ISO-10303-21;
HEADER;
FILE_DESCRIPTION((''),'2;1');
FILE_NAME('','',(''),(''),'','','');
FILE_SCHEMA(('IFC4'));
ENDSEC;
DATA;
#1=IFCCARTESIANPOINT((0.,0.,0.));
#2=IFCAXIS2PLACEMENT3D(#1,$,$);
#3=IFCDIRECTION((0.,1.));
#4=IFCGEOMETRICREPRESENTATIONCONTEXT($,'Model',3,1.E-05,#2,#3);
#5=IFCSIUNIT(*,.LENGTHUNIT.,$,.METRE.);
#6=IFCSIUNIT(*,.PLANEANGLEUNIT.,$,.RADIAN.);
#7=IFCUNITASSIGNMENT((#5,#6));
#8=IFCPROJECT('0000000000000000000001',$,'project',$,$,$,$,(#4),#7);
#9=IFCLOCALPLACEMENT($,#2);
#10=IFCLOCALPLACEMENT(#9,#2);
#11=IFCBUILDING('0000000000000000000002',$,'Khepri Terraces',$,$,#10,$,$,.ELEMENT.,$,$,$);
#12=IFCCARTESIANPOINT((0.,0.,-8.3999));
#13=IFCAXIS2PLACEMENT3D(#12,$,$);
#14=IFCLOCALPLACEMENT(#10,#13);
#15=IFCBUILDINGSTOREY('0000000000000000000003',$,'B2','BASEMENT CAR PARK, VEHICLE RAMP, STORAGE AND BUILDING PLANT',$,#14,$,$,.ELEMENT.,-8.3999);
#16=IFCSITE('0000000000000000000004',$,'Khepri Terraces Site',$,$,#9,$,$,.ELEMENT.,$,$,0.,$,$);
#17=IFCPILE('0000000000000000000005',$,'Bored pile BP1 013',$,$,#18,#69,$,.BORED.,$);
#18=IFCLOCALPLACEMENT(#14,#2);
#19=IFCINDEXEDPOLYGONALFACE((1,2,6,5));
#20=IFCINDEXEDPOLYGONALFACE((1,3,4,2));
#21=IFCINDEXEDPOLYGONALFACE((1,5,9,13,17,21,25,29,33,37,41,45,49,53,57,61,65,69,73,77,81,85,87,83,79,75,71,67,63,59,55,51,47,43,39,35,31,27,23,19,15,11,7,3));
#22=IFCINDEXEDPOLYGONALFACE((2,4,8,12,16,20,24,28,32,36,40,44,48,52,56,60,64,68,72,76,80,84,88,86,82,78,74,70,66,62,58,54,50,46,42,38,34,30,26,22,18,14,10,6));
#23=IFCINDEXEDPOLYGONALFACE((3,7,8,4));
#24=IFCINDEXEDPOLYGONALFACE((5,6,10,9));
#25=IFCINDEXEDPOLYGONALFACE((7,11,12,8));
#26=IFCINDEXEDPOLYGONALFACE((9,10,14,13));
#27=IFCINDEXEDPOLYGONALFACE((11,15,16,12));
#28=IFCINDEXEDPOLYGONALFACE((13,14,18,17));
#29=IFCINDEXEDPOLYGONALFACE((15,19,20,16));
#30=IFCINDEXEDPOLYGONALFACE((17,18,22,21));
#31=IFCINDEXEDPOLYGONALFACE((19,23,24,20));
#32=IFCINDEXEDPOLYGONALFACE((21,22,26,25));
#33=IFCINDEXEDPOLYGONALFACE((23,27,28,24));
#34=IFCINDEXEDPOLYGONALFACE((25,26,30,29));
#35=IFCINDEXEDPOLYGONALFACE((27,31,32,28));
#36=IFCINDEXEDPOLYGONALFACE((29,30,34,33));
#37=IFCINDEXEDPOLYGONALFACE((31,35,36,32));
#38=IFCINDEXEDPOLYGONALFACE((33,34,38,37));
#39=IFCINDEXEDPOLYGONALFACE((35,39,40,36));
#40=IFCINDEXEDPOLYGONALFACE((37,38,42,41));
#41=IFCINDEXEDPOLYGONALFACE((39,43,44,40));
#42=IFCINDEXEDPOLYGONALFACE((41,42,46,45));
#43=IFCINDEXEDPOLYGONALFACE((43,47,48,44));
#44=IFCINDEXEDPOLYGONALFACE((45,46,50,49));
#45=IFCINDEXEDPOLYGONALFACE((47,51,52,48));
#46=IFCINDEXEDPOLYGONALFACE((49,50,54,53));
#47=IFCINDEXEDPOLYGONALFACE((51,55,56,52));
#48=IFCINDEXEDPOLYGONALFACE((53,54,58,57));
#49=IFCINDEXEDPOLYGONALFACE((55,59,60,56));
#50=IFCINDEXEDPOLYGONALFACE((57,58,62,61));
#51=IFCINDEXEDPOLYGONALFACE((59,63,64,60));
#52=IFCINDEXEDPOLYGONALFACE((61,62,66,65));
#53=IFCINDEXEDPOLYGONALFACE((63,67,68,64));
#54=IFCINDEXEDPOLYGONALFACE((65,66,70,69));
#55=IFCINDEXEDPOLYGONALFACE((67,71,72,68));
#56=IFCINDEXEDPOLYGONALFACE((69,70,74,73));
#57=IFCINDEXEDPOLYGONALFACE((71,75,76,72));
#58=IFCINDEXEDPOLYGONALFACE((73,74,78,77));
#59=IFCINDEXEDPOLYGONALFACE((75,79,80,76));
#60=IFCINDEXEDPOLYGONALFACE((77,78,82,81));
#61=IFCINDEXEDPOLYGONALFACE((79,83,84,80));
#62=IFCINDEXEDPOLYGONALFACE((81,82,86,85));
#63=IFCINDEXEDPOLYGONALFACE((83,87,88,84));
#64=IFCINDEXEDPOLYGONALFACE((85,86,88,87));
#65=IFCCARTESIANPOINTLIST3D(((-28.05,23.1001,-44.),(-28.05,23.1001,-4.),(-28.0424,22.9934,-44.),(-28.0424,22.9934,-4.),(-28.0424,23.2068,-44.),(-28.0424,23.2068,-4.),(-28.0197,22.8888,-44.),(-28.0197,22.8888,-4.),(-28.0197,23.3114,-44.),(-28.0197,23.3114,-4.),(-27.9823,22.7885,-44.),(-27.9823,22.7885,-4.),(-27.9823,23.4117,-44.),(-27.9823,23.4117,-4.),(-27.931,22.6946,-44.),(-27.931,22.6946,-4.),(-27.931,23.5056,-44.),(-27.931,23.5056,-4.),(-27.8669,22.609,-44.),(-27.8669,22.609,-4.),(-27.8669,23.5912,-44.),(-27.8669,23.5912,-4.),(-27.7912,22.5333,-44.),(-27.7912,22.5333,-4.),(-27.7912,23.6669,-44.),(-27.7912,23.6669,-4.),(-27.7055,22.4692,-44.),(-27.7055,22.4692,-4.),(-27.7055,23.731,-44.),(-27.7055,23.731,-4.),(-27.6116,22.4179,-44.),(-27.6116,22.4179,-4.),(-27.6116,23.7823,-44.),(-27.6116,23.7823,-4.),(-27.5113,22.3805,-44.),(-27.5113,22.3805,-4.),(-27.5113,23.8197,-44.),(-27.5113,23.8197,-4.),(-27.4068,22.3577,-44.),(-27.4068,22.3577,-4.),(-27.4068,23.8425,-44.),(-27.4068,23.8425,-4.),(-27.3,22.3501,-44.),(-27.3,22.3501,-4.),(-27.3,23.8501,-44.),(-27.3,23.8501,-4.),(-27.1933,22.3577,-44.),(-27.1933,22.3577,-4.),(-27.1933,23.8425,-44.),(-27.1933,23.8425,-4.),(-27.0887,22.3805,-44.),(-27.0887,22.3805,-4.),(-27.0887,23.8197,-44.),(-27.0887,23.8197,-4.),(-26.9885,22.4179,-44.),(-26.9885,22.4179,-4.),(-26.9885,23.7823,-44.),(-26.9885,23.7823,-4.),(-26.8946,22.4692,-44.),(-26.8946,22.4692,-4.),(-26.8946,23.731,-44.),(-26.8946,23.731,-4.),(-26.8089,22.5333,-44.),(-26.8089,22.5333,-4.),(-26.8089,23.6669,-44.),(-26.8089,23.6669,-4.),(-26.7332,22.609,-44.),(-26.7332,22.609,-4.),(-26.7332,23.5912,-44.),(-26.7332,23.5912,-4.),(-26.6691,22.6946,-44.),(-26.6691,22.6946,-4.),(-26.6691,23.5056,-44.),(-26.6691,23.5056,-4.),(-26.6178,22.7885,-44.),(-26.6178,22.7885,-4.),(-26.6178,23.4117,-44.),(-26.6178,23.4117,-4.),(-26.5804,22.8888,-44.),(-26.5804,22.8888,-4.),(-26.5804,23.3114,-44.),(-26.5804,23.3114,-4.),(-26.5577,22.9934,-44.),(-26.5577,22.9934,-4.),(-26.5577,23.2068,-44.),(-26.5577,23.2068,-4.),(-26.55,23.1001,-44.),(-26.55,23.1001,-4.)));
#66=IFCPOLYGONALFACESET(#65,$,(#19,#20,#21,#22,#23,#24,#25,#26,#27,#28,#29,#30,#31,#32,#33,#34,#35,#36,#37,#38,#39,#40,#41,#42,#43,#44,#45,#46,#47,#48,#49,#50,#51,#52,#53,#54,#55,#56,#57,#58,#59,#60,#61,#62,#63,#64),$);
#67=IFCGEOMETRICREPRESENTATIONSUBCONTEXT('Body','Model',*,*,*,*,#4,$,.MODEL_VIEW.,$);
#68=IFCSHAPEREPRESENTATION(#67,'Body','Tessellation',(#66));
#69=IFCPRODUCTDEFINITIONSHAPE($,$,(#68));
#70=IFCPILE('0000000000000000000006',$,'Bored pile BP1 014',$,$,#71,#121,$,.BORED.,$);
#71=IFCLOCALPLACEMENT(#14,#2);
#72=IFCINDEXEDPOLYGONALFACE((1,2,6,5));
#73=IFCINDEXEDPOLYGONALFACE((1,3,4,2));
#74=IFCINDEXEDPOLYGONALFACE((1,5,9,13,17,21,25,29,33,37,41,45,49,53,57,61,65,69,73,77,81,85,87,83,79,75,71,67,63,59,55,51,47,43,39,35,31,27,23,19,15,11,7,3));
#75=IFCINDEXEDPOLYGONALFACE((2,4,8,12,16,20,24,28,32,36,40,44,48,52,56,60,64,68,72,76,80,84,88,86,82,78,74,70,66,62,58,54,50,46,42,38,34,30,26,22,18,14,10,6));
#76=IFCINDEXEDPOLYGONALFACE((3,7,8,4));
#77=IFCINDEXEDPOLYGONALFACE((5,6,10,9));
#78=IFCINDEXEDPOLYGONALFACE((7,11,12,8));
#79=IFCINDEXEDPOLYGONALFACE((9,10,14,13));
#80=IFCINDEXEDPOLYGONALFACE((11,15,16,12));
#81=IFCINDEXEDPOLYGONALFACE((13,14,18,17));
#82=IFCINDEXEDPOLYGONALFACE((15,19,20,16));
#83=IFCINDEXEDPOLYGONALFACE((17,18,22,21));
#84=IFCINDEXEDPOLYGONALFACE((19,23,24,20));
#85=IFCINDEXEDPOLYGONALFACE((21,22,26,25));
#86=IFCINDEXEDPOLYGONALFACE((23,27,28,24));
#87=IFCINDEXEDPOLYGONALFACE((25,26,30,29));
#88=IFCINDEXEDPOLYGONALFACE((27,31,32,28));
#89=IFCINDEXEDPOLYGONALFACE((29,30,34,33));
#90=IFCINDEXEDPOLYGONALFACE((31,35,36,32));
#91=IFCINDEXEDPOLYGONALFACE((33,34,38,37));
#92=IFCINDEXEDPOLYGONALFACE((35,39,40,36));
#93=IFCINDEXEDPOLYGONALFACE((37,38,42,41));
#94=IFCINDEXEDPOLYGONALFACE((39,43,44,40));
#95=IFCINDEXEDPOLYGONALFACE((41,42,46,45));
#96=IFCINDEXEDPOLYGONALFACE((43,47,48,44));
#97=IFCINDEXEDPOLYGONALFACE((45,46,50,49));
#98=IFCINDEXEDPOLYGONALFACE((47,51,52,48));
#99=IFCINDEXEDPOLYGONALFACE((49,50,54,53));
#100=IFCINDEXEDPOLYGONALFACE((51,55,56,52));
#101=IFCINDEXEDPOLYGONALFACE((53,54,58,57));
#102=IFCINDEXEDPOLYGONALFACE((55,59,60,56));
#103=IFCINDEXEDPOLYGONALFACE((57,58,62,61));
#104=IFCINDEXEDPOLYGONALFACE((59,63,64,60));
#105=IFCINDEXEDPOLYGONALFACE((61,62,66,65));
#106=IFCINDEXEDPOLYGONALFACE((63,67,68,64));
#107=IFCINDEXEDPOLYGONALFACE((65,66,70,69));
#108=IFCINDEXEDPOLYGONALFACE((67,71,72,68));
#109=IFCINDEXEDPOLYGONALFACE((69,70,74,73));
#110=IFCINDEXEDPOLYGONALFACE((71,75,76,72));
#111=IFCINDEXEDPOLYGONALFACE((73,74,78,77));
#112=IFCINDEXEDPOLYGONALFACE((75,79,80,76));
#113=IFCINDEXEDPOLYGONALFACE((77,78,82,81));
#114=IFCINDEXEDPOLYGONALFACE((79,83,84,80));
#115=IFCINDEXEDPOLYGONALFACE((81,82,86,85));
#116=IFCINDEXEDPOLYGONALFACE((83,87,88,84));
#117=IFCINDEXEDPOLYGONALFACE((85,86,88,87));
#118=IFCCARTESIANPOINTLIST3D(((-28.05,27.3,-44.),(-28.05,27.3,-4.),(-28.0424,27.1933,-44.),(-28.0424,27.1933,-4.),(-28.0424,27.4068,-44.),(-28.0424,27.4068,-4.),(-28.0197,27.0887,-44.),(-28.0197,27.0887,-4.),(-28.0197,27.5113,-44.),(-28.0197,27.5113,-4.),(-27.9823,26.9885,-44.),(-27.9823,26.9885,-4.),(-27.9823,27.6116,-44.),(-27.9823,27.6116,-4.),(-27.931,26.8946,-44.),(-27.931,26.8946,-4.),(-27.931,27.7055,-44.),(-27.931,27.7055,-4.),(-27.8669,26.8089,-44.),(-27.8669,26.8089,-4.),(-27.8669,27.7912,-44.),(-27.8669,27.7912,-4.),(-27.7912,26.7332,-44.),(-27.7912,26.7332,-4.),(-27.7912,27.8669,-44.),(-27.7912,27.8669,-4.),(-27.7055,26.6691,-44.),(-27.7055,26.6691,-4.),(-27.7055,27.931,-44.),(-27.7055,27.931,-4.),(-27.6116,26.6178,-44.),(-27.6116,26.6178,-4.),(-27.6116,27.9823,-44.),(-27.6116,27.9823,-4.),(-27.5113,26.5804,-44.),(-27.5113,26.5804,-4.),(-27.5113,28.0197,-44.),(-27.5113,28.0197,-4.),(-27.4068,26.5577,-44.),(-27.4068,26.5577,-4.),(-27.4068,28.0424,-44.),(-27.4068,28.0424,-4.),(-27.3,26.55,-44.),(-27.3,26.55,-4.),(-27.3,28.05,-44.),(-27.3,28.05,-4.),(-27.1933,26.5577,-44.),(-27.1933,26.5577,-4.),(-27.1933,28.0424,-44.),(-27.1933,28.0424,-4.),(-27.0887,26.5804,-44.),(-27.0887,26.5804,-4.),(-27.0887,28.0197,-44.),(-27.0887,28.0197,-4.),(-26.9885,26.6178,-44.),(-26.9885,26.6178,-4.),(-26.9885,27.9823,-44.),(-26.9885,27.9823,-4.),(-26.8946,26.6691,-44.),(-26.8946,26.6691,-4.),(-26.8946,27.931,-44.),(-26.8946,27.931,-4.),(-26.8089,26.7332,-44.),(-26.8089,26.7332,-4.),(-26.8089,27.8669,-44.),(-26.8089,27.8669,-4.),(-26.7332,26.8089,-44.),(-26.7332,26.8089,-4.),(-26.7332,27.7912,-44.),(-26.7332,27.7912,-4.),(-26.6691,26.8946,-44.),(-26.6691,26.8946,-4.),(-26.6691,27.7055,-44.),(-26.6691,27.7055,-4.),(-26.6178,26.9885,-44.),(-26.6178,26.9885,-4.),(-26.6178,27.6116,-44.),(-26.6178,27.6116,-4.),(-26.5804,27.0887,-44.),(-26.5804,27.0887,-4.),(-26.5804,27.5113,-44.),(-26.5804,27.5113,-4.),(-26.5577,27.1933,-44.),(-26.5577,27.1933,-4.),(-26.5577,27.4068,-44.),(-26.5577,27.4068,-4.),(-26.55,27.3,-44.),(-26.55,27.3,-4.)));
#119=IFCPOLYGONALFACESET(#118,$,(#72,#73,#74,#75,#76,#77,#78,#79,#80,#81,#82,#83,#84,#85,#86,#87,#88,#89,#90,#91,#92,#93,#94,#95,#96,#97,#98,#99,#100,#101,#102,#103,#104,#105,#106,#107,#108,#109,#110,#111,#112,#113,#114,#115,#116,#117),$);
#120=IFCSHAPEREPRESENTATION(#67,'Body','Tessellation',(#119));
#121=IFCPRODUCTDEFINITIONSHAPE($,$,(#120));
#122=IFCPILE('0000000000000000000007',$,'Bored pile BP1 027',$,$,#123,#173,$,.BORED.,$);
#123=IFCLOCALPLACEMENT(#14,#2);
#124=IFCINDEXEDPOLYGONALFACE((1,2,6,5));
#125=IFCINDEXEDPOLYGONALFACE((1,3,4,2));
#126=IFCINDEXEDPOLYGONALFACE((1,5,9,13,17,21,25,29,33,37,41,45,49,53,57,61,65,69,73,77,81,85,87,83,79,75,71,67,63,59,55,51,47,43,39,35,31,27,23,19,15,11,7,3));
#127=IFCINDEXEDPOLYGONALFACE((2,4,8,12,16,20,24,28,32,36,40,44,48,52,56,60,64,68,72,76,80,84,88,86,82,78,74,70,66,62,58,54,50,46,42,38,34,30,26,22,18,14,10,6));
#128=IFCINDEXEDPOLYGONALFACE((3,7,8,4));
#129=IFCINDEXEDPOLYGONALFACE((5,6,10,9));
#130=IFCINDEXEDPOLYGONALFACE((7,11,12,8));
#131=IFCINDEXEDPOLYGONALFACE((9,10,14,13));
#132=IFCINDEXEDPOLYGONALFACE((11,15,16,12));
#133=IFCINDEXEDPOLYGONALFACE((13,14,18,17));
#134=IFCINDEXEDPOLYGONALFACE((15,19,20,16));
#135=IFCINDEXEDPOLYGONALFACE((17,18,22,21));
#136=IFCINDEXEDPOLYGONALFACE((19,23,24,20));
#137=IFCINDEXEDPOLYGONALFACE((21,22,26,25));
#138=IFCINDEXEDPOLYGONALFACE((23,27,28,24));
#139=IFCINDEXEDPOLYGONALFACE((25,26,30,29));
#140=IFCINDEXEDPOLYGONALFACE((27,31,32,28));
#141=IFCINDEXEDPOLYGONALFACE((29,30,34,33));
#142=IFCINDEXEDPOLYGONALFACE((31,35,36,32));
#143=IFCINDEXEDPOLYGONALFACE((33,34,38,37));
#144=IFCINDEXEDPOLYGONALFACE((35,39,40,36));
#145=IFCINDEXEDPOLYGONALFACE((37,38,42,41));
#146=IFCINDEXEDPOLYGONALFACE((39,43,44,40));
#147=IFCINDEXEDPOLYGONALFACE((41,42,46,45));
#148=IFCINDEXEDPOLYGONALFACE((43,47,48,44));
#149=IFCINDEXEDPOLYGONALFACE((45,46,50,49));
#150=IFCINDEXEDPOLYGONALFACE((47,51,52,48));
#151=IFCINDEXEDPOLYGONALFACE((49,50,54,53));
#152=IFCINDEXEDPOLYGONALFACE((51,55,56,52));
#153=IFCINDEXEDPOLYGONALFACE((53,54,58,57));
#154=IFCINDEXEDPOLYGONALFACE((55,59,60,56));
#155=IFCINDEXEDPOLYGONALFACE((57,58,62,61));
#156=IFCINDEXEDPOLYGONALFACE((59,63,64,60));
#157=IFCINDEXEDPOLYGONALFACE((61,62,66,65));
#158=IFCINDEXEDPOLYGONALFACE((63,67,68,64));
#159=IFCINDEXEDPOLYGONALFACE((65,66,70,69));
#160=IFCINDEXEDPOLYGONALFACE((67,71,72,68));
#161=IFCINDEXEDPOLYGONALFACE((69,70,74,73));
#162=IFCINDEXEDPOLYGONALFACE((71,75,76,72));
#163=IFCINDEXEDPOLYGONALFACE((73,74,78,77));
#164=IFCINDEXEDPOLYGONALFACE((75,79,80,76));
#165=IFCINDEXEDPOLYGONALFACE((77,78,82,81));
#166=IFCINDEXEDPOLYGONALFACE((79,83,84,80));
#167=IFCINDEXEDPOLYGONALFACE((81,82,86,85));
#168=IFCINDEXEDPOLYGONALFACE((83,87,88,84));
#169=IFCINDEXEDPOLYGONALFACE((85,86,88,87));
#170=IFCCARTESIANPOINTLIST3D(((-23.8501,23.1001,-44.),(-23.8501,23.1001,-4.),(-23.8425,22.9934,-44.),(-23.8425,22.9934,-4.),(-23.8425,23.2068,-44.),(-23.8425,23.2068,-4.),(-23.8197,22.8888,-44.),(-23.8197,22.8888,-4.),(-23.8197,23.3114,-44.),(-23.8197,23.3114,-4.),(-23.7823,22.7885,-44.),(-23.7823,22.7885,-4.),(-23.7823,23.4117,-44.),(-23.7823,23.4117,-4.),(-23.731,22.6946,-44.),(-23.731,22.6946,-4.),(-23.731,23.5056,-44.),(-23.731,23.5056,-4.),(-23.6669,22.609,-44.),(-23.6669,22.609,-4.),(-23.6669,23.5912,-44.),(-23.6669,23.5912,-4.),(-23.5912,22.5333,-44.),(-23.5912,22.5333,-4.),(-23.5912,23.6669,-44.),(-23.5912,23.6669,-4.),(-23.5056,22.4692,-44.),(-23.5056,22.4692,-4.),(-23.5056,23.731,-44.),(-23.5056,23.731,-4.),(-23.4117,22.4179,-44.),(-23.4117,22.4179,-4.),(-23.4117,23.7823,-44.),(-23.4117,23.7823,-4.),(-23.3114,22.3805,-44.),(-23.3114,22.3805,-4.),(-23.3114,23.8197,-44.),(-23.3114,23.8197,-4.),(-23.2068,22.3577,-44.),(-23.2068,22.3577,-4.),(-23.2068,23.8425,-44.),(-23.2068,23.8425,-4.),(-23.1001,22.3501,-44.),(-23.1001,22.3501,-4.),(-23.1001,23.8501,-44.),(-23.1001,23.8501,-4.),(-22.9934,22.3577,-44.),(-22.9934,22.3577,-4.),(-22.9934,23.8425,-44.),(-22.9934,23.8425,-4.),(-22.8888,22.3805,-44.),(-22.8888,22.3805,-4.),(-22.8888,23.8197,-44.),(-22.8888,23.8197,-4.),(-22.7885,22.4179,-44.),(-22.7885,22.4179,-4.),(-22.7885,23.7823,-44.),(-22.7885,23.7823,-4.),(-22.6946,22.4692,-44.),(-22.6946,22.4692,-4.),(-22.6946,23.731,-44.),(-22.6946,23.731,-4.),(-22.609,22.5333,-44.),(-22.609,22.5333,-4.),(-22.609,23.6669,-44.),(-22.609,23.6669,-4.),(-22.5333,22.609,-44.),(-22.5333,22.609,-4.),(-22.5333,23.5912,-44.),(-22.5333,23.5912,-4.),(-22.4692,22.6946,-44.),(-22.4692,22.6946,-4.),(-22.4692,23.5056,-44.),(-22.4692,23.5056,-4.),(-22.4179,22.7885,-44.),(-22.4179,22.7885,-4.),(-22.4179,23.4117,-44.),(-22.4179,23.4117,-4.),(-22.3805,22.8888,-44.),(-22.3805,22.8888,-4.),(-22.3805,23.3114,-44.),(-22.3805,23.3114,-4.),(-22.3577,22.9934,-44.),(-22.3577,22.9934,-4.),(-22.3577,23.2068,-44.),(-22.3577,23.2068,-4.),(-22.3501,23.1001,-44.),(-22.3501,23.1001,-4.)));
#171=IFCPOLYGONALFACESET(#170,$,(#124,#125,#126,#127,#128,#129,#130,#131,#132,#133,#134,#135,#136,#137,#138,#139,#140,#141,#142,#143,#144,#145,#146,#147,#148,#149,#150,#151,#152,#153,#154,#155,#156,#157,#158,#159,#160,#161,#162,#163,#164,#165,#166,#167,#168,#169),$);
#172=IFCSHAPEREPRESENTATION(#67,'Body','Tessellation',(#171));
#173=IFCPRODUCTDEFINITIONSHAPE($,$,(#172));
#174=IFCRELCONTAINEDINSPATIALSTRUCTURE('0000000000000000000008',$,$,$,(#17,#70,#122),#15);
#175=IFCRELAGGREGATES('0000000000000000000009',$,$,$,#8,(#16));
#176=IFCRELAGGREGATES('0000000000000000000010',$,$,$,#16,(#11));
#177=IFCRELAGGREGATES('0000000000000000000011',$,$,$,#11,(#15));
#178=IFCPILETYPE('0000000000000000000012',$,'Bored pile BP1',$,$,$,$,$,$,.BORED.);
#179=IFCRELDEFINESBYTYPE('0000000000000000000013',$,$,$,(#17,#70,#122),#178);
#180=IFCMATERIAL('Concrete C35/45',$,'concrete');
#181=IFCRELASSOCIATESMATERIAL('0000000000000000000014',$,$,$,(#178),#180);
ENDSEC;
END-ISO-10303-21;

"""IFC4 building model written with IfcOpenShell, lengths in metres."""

from ifc_helpers import new_model, si_unit, direction, frame, origin, origin_2d, place, context, subcontext, project, spatial, circle, extrude, material, material_profile, profile_set, type_object, element, save


model = new_model("IFC4")

# Units and contexts
model_context = context("Model", 3, precision=1e-05, world=origin(), true_north=direction((0.0, 1.0)))
body_context = subcontext(model_context, "Body", "Model", "MODEL_VIEW")
ifc_project = project(units=[si_unit("LENGTHUNIT", "METRE"), si_unit("PLANEANGLEUNIT", "RADIAN")], contexts=[model_context])

# Site, building, storey
site_placement = place(None, origin())
site = spatial("IfcSite", under=ifc_project, at=site_placement, Name="Khepri Terraces Site", CompositionType="ELEMENT", RefElevation=0.0)
building_placement = place(site_placement, origin())
building = spatial("IfcBuilding", under=site, at=building_placement, Name="Khepri Terraces", CompositionType="ELEMENT")
storey_placement = place(building_placement, frame((0.0, 0.0, -8.3999)))
storey = spatial("IfcBuildingStorey", under=building, at=storey_placement, Name="B2", Description="BASEMENT CAR PARK, VEHICLE RAMP, STORAGE AND BUILDING PLANT", CompositionType="ELEMENT", Elevation=-8.3999)

# Piles
ifc_material_1 = material(Name="Concrete C35/45", Category="concrete")
ifc_material_profile_1 = material_profile(ifc_material_1, circle(Radius=0.75, at=origin_2d()), Name="Concrete C35/45", Category="concrete")
ifc_profile_set_1 = profile_set([ifc_material_profile_1], Name="Concrete C35/45")
pile_type = type_object("IfcPileType", Name="Bored pile BP1", PredefinedType="BORED", material=ifc_profile_set_1)
for number, where, z_axis, x_axis, name in (
    (1, (-27.3, 23.1001, -4.0), (0.0, 0.0, -1.0), (1.0, 0.0, 0.0), "Bored pile BP1 013"),
    (2, (-27.3, 27.3, -4.0), (0.0, 0.0, -1.0), (1.0, 0.0, 0.0), "Bored pile BP1 014"),
    (3, (-23.1001, 23.1001, -4.0), (0.0, 0.0, -1.0), (1.0, 0.0, 0.0), "Bored pile BP1 027"),
):
    element("IfcPile", number, at=place(storey_placement, frame(where, z_axis=z_axis, x_axis=x_axis)), inside=storey, type_object=pile_type, Name=name, PredefinedType="BORED", context=body_context, shape_type="SweptSolid", body=[
        extrude(circle(Radius=0.75, at=origin_2d()), origin(), (0.0, 0.0, 1.0), 40.0),
    ])

save(model, "model.ifc")
